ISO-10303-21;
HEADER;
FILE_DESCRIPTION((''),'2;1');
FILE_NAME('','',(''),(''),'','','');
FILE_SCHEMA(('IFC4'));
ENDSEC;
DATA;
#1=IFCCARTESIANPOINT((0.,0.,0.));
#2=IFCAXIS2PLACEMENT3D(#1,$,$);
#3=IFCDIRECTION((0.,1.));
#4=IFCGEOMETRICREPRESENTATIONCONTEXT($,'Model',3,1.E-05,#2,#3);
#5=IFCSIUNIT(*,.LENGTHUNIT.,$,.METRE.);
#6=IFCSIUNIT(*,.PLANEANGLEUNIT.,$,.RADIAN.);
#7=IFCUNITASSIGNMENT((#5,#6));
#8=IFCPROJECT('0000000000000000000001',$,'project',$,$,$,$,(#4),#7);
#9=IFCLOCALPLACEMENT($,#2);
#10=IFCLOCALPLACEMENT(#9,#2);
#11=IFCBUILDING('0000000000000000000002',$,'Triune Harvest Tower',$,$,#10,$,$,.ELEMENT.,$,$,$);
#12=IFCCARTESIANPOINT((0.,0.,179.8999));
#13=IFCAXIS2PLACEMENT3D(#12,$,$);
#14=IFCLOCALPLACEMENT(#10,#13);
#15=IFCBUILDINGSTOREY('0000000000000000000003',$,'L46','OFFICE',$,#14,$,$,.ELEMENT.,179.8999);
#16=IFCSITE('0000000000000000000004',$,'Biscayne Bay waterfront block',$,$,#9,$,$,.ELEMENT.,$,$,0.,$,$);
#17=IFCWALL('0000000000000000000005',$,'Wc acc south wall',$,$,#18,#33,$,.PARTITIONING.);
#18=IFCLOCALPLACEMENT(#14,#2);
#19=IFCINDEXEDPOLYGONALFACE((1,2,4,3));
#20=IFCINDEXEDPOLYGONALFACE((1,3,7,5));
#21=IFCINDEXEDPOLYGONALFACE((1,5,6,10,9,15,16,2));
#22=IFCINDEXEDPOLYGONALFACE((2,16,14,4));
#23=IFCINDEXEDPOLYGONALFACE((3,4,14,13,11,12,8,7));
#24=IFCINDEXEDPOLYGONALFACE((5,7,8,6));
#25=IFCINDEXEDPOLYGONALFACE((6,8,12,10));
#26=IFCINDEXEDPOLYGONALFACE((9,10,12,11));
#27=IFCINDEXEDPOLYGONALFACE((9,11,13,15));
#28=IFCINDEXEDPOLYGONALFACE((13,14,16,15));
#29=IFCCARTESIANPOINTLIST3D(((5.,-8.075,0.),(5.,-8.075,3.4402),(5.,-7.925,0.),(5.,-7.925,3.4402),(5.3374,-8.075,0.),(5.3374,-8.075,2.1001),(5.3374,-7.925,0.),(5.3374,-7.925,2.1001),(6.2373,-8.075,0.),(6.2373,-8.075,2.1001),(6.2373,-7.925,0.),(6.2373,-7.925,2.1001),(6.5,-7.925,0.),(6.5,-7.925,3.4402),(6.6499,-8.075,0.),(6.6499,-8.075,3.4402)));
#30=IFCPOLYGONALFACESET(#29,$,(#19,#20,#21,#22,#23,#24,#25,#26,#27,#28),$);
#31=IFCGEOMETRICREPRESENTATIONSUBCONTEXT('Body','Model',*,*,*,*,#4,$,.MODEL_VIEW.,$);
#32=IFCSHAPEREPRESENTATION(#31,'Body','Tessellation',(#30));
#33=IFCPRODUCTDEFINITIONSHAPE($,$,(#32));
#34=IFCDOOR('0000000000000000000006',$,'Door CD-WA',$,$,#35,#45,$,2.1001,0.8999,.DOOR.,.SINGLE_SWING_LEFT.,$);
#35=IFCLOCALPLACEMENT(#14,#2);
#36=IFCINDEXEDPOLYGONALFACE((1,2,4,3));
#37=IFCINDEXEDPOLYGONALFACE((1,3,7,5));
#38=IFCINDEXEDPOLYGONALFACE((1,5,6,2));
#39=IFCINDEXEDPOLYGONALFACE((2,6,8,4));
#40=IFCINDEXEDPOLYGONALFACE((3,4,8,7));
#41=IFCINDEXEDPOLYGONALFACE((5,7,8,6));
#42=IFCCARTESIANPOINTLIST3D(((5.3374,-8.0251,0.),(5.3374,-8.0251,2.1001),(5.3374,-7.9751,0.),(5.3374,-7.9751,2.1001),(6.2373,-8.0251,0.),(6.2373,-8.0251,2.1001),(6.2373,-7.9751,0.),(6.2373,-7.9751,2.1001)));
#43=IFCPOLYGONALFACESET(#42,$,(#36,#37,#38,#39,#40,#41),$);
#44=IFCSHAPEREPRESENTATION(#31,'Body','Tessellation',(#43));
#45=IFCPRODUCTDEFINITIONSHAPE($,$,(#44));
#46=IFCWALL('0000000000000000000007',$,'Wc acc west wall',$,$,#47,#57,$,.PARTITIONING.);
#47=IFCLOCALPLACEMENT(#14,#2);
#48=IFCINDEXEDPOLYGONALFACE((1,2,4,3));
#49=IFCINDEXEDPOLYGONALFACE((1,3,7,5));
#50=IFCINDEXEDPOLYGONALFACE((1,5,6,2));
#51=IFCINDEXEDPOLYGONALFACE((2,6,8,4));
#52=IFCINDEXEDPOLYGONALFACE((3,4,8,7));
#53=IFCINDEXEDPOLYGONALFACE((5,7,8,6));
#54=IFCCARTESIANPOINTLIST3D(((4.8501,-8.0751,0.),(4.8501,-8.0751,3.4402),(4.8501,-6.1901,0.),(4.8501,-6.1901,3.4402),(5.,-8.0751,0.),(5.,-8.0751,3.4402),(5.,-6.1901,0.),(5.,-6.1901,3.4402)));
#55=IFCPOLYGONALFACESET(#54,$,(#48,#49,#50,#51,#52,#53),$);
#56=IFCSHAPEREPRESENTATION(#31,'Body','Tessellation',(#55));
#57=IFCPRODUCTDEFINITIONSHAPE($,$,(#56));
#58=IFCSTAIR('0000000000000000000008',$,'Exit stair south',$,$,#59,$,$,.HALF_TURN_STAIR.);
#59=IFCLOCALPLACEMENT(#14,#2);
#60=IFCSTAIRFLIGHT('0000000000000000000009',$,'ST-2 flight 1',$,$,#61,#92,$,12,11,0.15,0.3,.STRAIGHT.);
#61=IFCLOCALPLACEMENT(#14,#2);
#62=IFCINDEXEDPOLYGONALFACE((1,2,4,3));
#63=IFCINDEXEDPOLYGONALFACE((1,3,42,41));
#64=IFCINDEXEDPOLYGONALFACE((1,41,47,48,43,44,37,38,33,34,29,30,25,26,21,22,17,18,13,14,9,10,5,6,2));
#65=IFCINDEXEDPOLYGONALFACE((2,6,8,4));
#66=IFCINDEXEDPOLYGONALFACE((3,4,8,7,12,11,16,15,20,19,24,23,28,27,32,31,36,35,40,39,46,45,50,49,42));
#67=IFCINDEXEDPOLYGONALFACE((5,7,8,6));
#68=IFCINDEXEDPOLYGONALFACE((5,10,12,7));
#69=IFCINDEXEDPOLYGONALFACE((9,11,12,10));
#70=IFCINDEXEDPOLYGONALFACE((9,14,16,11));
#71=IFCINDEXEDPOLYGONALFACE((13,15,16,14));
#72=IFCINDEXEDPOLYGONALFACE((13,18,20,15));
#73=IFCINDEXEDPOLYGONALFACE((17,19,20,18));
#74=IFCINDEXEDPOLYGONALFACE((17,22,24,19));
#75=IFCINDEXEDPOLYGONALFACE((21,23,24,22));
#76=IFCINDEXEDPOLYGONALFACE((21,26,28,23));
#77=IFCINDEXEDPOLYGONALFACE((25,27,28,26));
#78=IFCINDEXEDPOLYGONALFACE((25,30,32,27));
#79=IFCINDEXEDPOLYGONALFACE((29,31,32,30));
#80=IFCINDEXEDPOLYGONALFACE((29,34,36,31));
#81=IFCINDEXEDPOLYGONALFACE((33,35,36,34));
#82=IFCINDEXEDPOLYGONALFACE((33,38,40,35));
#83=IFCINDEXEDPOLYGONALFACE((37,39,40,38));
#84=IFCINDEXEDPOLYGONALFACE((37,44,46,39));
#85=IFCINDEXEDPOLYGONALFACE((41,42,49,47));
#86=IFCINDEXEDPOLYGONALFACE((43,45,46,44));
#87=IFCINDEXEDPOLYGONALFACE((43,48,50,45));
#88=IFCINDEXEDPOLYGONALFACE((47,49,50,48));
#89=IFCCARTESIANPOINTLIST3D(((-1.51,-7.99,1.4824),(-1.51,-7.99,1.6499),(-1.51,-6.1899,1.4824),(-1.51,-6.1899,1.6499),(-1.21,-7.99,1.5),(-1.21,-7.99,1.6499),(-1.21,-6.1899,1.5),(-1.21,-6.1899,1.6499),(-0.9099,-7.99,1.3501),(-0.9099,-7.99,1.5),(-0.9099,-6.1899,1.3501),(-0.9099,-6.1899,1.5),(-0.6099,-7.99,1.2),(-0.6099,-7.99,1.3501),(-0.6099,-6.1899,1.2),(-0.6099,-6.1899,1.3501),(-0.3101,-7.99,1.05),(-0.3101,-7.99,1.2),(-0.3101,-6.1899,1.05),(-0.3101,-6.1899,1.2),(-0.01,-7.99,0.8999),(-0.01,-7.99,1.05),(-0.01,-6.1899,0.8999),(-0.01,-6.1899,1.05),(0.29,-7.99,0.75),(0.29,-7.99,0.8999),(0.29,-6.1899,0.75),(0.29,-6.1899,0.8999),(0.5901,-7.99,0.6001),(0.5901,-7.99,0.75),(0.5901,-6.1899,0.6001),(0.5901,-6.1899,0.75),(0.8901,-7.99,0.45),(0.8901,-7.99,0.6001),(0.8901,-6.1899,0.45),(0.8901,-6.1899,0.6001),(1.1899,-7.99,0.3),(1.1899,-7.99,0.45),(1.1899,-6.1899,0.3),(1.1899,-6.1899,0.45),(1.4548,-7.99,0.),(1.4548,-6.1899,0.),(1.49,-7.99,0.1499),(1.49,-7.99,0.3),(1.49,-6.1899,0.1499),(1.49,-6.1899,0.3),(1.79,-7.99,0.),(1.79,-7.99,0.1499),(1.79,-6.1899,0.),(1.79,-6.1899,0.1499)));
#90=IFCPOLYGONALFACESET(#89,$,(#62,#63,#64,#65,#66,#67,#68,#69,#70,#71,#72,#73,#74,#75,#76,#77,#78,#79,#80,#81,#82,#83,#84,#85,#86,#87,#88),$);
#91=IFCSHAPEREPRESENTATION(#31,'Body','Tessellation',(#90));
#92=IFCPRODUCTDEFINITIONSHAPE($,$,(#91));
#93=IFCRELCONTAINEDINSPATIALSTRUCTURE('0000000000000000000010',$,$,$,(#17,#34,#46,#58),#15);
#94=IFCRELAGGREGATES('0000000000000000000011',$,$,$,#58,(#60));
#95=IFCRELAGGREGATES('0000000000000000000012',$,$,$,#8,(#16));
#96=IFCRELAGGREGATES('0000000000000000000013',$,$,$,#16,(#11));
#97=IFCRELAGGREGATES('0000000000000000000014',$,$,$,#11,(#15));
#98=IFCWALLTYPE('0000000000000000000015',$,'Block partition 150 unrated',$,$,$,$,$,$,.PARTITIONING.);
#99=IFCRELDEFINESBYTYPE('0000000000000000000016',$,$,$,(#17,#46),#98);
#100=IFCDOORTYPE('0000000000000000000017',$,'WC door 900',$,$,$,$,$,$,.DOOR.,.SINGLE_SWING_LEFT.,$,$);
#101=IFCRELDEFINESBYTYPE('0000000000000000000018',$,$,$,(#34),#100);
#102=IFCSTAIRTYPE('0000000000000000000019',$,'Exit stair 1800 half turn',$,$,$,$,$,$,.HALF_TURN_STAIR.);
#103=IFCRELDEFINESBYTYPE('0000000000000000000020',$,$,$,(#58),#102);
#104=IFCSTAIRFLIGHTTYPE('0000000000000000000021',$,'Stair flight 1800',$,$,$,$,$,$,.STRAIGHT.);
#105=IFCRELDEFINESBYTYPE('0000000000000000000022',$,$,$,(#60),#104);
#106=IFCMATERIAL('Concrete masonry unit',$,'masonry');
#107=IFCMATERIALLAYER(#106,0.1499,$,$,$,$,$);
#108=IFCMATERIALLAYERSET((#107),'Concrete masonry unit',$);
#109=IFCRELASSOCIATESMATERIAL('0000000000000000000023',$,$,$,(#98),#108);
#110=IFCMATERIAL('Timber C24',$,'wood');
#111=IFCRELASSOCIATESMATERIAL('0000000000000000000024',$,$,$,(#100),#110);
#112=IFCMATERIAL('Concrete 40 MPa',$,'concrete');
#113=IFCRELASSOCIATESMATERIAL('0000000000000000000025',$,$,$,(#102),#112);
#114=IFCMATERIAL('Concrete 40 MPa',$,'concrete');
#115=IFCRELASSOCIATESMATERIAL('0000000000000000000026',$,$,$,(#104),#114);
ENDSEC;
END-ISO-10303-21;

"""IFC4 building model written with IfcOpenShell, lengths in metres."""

from ifc_helpers import new_model, si_unit, direction, frame, frame_2d, origin, place, context, subcontext, project, spatial, polyline, rectangle, outline, extrude, source, transform, mapped, material, layer, layer_set, type_object, element, fill, aggregate, save


model = new_model("IFC4")

# Units and contexts
model_context = context("Model", 3, precision=1e-05, world=origin(), true_north=direction((0.0, 1.0)))
body_context = subcontext(model_context, "Body", "Model", "MODEL_VIEW")
ifc_project = project(units=[si_unit("LENGTHUNIT", "METRE"), si_unit("PLANEANGLEUNIT", "RADIAN")], contexts=[model_context])

# Site, building, storey
site_placement = place(None, origin())
site = spatial("IfcSite", under=ifc_project, at=site_placement, Name="Biscayne Bay waterfront block", CompositionType="ELEMENT", RefElevation=0.0)
building_placement = place(site_placement, origin())
building = spatial("IfcBuilding", under=site, at=building_placement, Name="Triune Harvest Tower", CompositionType="ELEMENT")
storey_placement = place(building_placement, frame((0.0, 0.0, 179.8999)))
storey = spatial("IfcBuildingStorey", under=building, at=storey_placement, Name="L46", Description="OFFICE", CompositionType="ELEMENT", Elevation=179.8999)

# Wall, opening, door
ifc_material_1 = material(Name="Concrete masonry unit", Category="masonry")
ifc_layer_1 = layer(ifc_material_1, 0.1499)
ifc_layer_set_1 = layer_set([ifc_layer_1], Name="Concrete masonry unit")
wall_type_1 = type_object("IfcWallType", Name="Block partition 150 unrated", PredefinedType="PARTITIONING", material=ifc_layer_set_1)
shared_shape_1 = source(origin(), body_context, "Body", "SweptSolid", [
    extrude(outline(polyline([(0.0, -0.075), (1.6499, -0.075), (1.5, 0.075), (0.0, 0.075), (0.0, -0.075)])), origin(), (0.0, 0.0, 1.0), 3.4402),
])
wall_1_placement = place(storey_placement, frame((5.0, -8.0, 0.0), z_axis=(0.0, 0.0, 1.0), x_axis=(1.0, 0.0, 0.0)))
wall_1 = element("IfcWall", 1, at=wall_1_placement, inside=storey, type_object=wall_type_1, Name="Wc acc south wall", PredefinedType="PARTITIONING", context=body_context, shape_type="MappedRepresentation", body=[
    mapped(shared_shape_1, transform((0.0, 0.0, 0.0), scale=1.0)),
])
opening_1_placement = place(wall_1_placement, frame((0.3374, 0.0, 0.0)))
opening_1 = element("IfcOpeningElement", 2, at=opening_1_placement, cuts=wall_1, PredefinedType="OPENING", context=body_context, shape_type="SweptSolid", body=[
    extrude(rectangle(XDim=0.8999, YDim=2.1001, at=frame_2d((0.45, 1.05))), frame((0.0, 0.085, 0.0), z_axis=(0.0, -1.0, 0.0), x_axis=(1.0, 0.0, 0.0)), (0.0, 0.0, 1.0), 0.1699),
])
ifc_material_2 = material(Name="Timber C24", Category="wood")
door_type_1 = type_object("IfcDoorType", Name="WC door 900", OperationType="SINGLE_SWING_LEFT", PredefinedType="DOOR", material=ifc_material_2)
door_1_placement = place(opening_1_placement, origin())
door_1 = element("IfcDoor", 3, at=door_1_placement, inside=storey, type_object=door_type_1, Name="Door CD-WA", OperationType="SINGLE_SWING_LEFT", OverallHeight=2.1001, OverallWidth=0.8999, PredefinedType="DOOR", context=body_context, shape_type="SweptSolid", body=[
    extrude(rectangle(XDim=0.8999, YDim=2.1001, at=frame_2d((0.45, 1.05))), frame((0.0, 0.0249, 0.0), z_axis=(0.0, -1.0, 0.0), x_axis=(1.0, 0.0, 0.0)), (0.0, 0.0, 1.0), 0.05),
])
fill(opening_1, door_1)

# Wall
shared_shape_2 = source(origin(), body_context, "Body", "SweptSolid", [
    extrude(rectangle(XDim=1.885, YDim=0.1499, at=frame_2d((0.9424, 0.0))), origin(), (0.0, 0.0, 1.0), 3.4402),
])
wall_2_placement = place(storey_placement, frame((4.925, -8.075, 0.0), z_axis=(0.0, 0.0, 1.0), x_axis=(0.0, 1.0, 0.0)))
element("IfcWall", 4, at=wall_2_placement, inside=storey, type_object=wall_type_1, Name="Wc acc west wall", PredefinedType="PARTITIONING", context=body_context, shape_type="MappedRepresentation", body=[
    mapped(shared_shape_2, transform((0.0, 0.0, 0.0), scale=1.0)),
])

# Stair, stair flight
ifc_material_3 = material(Name="Concrete 40 MPa", Category="concrete")
stair_type = type_object("IfcStairType", Name="Exit stair 1800 half turn", PredefinedType="HALF_TURN_STAIR", material=ifc_material_3)
stair_placement = place(storey_placement, origin())
stair = element("IfcStair", 5, at=stair_placement, inside=storey, type_object=stair_type, Name="Exit stair south", PredefinedType="HALF_TURN_STAIR")
ifc_material_4 = material(Name="Concrete 40 MPa", Category="concrete")
stair_flight_type = type_object("IfcStairFlightType", Name="Stair flight 1800", PredefinedType="STRAIGHT", material=ifc_material_4)
shared_shape_3 = source(origin(), body_context, "Body", "SweptSolid", [
    extrude(outline(polyline([(0.0, 0.0), (0.0, 0.1499), (0.3, 0.1499), (0.3, 0.3), (0.6001, 0.3), (0.6001, 0.45), (0.8999, 0.45), (0.8999, 0.6001), (1.2, 0.6001), (1.2, 0.75), (1.5, 0.75), (1.5, 0.8999), (1.8, 0.8999), (1.8, 1.05), (2.1001, 1.05), (2.1001, 1.2), (2.3999, 1.2), (2.3999, 1.3501), (2.7, 1.3501), (2.7, 1.5), (3.0, 1.5), (3.0, 1.6499), (3.3, 1.6499), (3.3, 1.8), (3.3, 1.4824), (0.3352, 0.0), (0.0, 0.0)])), frame((0.0, 0.8999, 0.0), z_axis=(0.0, -1.0, 0.0), x_axis=(1.0, 0.0, 0.0)), (0.0, 0.0, 1.0), 1.8),
])
stair_flight_placement = place(storey_placement, frame((1.79, -7.0901, 0.0), z_axis=(0.0, 0.0, 1.0), x_axis=(-1.0, 0.0, 0.0)))
stair_flight = element("IfcStairFlight", 6, at=stair_flight_placement, type_object=stair_flight_type, Name="ST-2 flight 1", NumberOfRisers=12, NumberOfTreads=11, PredefinedType="STRAIGHT", RiserHeight=0.15, TreadLength=0.3, context=body_context, shape_type="MappedRepresentation", body=[
    mapped(shared_shape_3, transform((0.0, 0.0, 0.0), scale=1.0)),
])
aggregate(stair, [stair_flight])

save(model, "model.ifc")
